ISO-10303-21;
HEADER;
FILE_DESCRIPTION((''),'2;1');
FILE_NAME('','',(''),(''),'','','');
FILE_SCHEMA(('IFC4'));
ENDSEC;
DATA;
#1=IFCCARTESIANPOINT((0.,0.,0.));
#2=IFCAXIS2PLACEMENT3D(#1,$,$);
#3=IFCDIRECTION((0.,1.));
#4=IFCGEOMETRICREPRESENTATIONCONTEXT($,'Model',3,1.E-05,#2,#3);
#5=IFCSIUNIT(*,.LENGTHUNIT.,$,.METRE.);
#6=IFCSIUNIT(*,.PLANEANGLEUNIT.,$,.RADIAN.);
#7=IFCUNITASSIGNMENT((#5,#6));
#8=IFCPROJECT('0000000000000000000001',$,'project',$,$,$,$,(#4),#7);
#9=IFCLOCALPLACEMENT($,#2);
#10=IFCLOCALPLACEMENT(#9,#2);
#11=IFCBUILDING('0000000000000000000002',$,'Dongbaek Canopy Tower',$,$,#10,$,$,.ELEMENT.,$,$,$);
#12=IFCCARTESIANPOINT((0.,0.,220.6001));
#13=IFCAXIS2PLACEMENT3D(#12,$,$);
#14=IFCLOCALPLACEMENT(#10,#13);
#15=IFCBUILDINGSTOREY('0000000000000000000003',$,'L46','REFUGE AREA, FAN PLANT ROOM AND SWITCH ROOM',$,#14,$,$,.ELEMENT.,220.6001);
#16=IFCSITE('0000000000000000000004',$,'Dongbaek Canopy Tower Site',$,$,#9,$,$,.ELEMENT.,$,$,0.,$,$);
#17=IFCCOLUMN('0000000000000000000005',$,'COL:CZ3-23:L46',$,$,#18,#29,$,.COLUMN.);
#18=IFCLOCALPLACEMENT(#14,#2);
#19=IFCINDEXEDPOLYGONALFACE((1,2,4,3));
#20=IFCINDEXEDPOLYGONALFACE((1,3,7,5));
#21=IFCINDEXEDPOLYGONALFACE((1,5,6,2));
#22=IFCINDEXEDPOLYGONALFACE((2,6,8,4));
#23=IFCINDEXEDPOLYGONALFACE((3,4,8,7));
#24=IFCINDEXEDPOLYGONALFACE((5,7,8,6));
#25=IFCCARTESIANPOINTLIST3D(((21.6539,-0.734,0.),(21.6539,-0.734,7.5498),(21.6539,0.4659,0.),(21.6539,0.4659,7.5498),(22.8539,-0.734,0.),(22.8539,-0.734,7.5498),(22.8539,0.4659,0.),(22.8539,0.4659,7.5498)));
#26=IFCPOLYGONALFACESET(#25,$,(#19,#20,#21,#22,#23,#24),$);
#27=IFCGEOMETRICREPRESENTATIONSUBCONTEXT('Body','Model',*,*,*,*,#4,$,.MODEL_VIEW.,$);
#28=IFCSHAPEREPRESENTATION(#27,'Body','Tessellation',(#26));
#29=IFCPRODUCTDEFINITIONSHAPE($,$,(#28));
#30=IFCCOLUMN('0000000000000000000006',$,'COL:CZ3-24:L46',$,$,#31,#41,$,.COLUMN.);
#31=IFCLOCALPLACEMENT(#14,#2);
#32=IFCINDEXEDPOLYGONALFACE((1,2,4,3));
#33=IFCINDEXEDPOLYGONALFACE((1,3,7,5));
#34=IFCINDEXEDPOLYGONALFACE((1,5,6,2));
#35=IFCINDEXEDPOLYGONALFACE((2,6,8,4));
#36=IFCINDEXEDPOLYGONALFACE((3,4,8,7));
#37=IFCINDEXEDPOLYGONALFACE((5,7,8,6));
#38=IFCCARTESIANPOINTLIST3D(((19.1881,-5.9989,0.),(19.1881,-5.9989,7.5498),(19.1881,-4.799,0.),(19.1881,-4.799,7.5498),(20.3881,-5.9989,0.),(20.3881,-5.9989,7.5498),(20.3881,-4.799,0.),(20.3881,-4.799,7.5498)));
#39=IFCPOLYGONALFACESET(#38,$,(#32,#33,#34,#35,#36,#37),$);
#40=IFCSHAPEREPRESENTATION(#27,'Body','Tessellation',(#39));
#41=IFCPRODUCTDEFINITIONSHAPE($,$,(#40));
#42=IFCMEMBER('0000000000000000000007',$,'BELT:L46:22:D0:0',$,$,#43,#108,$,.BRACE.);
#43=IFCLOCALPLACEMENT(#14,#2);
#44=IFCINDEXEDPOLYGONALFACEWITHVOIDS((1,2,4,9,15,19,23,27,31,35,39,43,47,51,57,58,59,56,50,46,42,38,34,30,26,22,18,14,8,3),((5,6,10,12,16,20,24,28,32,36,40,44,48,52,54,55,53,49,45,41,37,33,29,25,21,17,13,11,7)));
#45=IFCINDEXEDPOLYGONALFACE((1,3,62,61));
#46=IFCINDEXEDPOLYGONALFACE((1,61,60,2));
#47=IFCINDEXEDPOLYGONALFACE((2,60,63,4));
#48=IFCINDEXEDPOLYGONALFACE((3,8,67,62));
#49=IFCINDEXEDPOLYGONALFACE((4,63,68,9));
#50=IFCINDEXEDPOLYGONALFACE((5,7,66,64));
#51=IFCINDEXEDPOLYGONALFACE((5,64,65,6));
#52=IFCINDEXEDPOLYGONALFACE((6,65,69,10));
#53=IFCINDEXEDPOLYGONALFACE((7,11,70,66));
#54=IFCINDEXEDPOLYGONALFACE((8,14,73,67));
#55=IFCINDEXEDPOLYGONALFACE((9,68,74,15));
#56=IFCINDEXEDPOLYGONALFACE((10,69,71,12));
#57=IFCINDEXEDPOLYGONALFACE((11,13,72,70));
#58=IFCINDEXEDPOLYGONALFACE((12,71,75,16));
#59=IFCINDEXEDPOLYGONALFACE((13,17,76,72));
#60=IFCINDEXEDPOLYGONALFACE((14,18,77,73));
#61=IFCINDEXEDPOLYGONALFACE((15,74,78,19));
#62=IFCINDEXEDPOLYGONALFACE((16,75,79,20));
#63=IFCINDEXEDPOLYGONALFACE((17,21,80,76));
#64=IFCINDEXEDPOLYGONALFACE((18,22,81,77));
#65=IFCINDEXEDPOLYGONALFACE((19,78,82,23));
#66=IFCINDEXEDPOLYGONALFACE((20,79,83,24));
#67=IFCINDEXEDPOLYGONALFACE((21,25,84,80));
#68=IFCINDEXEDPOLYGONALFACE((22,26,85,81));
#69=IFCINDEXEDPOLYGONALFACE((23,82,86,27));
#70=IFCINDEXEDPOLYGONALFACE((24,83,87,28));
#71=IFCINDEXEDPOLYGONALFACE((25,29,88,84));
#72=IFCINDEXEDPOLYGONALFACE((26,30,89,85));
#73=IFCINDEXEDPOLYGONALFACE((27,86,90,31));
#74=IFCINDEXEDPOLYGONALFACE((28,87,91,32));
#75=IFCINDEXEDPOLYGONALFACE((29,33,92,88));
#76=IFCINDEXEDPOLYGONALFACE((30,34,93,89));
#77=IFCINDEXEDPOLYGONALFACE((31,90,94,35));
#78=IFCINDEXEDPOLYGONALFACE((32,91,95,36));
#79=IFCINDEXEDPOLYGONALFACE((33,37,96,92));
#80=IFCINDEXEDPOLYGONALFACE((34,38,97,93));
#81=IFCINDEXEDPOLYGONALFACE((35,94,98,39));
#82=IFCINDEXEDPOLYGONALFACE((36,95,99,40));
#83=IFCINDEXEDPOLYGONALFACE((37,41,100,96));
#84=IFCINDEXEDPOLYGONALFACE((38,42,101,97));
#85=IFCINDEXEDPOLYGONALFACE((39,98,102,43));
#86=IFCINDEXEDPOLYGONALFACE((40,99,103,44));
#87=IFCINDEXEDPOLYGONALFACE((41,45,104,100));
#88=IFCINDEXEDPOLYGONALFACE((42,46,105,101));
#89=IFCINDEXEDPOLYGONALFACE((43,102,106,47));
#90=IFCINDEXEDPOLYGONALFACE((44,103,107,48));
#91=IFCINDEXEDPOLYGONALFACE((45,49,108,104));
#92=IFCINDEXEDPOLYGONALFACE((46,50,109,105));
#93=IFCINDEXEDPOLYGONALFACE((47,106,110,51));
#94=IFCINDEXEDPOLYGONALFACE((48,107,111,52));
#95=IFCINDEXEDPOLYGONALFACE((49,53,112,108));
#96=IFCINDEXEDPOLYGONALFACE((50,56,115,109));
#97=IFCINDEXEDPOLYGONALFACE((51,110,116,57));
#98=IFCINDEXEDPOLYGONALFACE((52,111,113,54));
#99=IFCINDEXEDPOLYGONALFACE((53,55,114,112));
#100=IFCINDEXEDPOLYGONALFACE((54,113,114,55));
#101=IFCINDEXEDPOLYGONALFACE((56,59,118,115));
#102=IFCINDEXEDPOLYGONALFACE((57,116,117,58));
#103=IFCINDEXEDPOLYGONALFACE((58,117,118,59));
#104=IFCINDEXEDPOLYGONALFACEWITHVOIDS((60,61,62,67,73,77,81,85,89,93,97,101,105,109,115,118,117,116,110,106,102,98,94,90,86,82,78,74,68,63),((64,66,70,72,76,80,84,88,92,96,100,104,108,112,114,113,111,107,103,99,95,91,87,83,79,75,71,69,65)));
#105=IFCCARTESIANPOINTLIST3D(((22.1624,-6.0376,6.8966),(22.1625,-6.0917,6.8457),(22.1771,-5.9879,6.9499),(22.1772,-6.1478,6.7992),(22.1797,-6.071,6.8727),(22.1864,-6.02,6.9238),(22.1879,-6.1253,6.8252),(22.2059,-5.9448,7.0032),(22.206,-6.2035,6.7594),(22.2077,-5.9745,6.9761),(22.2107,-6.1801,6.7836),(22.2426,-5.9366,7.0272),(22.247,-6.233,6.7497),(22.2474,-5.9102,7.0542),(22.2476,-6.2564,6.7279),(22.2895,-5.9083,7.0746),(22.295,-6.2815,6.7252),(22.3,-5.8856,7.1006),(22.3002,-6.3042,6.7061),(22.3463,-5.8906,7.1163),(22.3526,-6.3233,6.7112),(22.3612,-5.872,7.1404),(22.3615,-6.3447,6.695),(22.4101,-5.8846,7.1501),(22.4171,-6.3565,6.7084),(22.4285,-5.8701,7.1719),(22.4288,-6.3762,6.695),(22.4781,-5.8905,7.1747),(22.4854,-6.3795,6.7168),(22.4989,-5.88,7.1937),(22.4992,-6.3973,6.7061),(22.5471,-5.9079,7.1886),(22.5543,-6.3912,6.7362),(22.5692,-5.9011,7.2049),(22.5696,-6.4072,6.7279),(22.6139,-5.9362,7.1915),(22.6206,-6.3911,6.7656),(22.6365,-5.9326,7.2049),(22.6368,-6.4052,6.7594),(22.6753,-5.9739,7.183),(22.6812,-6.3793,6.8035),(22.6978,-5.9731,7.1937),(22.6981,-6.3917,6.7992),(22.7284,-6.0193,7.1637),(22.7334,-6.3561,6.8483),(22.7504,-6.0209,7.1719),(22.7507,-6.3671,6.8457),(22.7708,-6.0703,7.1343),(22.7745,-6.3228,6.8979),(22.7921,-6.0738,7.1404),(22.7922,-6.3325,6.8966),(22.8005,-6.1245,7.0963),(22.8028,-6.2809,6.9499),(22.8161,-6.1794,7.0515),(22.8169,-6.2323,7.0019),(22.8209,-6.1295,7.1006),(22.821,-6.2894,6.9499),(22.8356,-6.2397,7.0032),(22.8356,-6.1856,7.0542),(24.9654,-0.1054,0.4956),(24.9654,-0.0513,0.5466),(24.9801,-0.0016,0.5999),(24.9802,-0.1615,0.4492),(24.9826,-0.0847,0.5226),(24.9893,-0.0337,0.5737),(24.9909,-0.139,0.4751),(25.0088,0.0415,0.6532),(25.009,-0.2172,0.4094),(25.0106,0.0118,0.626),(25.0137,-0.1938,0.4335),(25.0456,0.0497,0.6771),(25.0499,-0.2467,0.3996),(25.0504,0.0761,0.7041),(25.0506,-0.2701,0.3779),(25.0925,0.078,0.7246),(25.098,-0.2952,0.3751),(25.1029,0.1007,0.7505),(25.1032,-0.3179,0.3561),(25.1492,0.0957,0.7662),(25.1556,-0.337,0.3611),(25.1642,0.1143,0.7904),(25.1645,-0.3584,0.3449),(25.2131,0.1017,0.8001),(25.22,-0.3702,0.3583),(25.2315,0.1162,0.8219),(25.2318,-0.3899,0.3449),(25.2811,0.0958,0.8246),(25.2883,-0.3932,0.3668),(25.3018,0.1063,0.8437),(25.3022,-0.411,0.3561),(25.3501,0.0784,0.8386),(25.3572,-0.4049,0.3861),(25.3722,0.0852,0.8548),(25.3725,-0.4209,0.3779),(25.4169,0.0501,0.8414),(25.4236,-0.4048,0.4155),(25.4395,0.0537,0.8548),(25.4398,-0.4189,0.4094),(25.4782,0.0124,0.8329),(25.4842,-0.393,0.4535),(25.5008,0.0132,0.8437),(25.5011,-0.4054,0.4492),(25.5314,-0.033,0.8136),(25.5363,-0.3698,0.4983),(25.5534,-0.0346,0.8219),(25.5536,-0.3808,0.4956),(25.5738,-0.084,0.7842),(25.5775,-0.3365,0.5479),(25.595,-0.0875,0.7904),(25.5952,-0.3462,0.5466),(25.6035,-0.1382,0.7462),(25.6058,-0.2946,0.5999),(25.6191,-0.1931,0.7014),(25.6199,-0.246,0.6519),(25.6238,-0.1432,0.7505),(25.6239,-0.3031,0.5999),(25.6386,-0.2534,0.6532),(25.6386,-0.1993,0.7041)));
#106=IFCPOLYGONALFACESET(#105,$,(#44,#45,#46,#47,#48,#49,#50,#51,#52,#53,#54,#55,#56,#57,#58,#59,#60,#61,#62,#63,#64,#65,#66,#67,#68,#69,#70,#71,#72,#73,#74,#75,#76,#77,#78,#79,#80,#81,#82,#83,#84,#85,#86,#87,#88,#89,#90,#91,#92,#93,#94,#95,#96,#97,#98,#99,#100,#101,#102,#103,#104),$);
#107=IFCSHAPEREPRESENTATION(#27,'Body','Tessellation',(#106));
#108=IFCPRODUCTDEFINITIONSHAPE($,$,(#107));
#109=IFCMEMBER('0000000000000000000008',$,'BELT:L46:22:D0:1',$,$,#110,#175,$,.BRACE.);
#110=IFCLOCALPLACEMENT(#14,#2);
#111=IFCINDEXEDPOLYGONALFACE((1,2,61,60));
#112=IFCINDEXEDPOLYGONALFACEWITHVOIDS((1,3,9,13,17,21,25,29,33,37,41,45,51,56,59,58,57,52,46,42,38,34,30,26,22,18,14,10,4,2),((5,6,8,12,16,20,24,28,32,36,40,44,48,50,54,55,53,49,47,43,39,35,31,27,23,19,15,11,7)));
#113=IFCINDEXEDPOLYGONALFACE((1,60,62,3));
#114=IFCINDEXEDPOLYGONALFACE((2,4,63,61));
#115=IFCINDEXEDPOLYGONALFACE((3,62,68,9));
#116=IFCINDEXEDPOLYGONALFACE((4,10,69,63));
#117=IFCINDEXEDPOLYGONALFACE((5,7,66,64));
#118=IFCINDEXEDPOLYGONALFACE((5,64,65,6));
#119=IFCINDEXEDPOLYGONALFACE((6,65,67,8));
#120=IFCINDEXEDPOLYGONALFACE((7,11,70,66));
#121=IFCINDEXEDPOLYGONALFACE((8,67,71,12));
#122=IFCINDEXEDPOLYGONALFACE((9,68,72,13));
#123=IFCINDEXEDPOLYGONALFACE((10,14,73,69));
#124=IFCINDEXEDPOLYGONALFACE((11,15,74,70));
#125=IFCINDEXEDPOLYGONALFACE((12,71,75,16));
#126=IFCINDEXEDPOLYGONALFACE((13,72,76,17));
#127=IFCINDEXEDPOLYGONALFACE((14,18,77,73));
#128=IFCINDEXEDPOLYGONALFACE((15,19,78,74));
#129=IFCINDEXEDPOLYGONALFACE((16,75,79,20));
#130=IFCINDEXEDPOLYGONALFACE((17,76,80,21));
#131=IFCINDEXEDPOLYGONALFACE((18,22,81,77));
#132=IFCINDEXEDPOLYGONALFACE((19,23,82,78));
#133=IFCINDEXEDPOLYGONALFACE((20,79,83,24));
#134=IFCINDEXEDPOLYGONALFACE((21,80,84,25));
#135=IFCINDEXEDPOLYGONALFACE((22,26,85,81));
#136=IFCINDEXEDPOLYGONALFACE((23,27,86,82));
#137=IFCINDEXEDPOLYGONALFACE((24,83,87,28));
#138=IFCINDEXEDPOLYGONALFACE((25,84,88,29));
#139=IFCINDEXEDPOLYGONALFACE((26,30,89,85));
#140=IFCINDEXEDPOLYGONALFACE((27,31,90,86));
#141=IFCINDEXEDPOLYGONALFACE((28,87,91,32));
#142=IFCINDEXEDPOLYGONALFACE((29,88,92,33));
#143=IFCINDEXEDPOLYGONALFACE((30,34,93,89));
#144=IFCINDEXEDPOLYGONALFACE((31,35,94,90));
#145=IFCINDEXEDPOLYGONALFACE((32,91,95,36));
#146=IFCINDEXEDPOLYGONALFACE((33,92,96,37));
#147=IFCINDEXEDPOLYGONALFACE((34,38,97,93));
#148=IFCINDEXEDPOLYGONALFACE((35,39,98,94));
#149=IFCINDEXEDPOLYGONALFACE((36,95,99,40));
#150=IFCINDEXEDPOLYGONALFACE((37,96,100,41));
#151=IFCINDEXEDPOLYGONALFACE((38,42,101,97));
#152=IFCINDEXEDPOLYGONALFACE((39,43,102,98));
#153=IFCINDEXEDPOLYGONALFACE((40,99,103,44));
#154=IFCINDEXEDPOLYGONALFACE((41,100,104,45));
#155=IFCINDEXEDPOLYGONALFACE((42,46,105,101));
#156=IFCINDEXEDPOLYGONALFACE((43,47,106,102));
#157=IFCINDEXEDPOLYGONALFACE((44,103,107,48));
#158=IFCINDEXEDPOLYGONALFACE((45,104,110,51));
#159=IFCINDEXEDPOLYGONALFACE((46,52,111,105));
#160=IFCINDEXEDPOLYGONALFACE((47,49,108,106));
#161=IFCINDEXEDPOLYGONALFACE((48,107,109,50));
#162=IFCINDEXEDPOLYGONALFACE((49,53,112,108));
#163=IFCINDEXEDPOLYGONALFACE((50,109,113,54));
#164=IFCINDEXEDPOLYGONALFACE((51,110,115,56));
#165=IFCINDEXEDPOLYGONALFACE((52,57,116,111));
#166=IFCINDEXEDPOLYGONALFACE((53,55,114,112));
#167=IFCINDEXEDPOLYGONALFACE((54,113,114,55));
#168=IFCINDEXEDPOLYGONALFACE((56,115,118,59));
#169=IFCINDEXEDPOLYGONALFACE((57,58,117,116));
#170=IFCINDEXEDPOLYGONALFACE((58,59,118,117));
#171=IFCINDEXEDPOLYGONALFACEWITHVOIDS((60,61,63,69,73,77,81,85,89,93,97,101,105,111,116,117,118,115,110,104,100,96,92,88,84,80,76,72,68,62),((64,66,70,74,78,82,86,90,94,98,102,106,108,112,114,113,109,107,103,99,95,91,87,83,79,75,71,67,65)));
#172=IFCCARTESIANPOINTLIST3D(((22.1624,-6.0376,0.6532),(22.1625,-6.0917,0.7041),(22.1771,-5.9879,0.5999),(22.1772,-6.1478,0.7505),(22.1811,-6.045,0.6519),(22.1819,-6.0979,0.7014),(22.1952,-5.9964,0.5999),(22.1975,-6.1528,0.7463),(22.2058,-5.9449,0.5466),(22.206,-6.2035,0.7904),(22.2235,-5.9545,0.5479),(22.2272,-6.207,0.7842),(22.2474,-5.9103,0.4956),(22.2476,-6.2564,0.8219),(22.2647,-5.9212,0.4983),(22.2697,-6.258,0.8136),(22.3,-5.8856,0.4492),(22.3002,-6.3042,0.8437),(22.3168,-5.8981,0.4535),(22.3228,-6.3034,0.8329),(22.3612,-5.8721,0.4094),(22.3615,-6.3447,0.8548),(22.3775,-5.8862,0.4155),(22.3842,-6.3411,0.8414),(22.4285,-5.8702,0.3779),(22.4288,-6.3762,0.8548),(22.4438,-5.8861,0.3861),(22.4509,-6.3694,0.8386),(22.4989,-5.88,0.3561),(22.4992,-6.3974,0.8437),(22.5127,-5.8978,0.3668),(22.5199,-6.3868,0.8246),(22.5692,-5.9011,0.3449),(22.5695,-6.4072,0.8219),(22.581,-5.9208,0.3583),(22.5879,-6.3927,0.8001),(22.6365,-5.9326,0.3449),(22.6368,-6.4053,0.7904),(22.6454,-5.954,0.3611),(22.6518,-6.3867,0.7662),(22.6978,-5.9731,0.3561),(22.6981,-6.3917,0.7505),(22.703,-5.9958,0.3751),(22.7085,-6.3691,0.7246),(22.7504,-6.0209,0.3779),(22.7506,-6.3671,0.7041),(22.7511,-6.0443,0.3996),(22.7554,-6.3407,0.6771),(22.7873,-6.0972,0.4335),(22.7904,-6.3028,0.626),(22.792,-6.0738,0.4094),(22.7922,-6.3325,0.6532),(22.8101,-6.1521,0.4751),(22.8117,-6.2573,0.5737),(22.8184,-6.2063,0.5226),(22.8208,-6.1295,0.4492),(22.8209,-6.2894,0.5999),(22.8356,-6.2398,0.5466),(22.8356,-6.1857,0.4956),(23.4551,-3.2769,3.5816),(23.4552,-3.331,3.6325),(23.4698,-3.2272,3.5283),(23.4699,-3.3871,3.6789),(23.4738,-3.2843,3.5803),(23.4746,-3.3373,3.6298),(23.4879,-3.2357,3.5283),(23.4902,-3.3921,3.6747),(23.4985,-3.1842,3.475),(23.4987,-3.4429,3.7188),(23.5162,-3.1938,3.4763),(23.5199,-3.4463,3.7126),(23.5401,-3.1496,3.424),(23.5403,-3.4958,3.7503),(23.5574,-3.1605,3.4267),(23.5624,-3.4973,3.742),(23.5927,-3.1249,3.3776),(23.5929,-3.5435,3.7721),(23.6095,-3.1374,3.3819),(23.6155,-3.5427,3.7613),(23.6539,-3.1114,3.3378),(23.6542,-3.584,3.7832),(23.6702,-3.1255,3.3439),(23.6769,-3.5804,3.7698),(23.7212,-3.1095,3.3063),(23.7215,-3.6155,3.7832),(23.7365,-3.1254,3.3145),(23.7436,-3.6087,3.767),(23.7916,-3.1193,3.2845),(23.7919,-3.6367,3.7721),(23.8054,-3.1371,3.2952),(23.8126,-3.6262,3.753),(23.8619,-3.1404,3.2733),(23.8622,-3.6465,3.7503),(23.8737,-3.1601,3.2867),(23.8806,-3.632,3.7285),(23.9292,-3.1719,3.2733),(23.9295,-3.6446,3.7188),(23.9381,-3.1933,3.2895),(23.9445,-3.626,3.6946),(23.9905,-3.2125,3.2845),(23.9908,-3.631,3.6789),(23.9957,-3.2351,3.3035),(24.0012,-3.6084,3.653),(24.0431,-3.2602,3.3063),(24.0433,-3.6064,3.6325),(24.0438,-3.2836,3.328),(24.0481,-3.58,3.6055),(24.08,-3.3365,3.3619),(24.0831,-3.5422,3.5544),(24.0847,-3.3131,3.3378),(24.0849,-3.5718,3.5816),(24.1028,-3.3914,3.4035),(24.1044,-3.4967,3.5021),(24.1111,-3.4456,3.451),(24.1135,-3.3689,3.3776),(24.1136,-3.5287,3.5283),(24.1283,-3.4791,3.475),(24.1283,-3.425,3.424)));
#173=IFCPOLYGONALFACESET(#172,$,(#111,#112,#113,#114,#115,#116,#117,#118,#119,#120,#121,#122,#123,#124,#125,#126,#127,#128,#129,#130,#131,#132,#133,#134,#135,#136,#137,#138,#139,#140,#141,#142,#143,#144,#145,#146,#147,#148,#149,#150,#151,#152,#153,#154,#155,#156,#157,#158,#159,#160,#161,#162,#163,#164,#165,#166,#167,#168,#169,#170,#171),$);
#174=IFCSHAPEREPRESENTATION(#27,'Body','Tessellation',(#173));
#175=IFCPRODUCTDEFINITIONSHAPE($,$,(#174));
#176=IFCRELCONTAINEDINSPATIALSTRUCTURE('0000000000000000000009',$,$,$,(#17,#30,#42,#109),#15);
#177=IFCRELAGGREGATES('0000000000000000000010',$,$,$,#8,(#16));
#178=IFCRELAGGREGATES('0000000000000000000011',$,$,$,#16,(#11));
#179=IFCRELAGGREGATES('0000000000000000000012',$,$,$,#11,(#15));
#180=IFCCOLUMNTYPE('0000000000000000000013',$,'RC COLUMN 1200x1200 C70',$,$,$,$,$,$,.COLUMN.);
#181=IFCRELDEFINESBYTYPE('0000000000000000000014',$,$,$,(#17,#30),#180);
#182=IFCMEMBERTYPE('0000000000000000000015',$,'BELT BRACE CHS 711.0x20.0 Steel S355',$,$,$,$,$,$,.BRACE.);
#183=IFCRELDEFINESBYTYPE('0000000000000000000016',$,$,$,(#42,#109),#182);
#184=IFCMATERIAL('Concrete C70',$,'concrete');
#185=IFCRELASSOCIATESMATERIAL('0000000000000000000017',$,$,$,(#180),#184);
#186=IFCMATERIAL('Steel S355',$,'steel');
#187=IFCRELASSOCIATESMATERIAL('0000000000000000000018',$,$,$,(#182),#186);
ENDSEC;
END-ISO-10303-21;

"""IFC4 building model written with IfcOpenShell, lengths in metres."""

from ifc_helpers import new_model, si_unit, direction, frame, origin, origin_2d, place, context, subcontext, project, spatial, rectangle, hollow_circle, extrude, material, material_profile, profile_set, type_object, element, save


model = new_model("IFC4")

# Units and contexts
model_context = context("Model", 3, precision=1e-05, world=origin(), true_north=direction((0.0, 1.0)))
body_context = subcontext(model_context, "Body", "Model", "MODEL_VIEW")
ifc_project = project(units=[si_unit("LENGTHUNIT", "METRE"), si_unit("PLANEANGLEUNIT", "RADIAN")], contexts=[model_context])

# Site, building, storey
site_placement = place(None, origin())
site = spatial("IfcSite", under=ifc_project, at=site_placement, Name="Dongbaek Canopy Tower Site", CompositionType="ELEMENT", RefElevation=0.0)
building_placement = place(site_placement, origin())
building = spatial("IfcBuilding", under=site, at=building_placement, Name="Dongbaek Canopy Tower", CompositionType="ELEMENT")
storey_placement = place(building_placement, frame((0.0, 0.0, 220.6001)))
storey = spatial("IfcBuildingStorey", under=building, at=storey_placement, Name="L46", Description="REFUGE AREA, FAN PLANT ROOM AND SWITCH ROOM", CompositionType="ELEMENT", Elevation=220.6001)

# Columns
ifc_material_1 = material(Name="Concrete C70", Category="concrete")
ifc_material_profile_1 = material_profile(ifc_material_1, rectangle(XDim=1.2, YDim=1.2, at=origin_2d()), Name="RC COLUMN 1200x1200 C70")
ifc_profile_set_1 = profile_set([ifc_material_profile_1], Name="Concrete C70")
column_type = type_object("IfcColumnType", Name="RC COLUMN 1200x1200 C70", PredefinedType="COLUMN", material=ifc_profile_set_1)
for number, where, z_axis, x_axis, name in (
    (1, (22.2539, -0.134, 0.0), (0.0, 0.0, 1.0), (1.0, 0.0, 0.0), "COL:CZ3-23:L46"),
    (2, (19.7881, -5.3989, 0.0), (0.0, 0.0, 1.0), (1.0, 0.0, 0.0), "COL:CZ3-24:L46"),
):
    element("IfcColumn", number, at=place(storey_placement, frame(where, z_axis=z_axis, x_axis=x_axis)), inside=storey, type_object=column_type, Name=name, PredefinedType="COLUMN", context=body_context, shape_type="SweptSolid", body=[
        extrude(rectangle(XDim=1.2, YDim=1.2, at=origin_2d()), origin(), (0.0, 0.0, 1.0), 7.5498),
    ])

# Members
ifc_material_2 = material(Name="Steel S355", Category="steel")
ifc_material_profile_2 = material_profile(ifc_material_2, hollow_circle(Radius=0.3555, WallThickness=0.02, at=origin_2d()), Name="BELT BRACE CHS 711.0x20.0 Steel S355")
ifc_profile_set_2 = profile_set([ifc_material_profile_2], Name="Steel S355")
member_type_1 = type_object("IfcMemberType", Name="BELT BRACE CHS 711.0x20.0 Steel S355", PredefinedType="BRACE", material=ifc_profile_set_2)
member_1_placement = place(storey_placement, frame((25.302, -0.1523, 0.5999), z_axis=(-0.3058, -0.653098, 0.692784), x_axis=(0.90564, -0.424048, 0.0)))
element("IfcMember", 3, at=member_1_placement, inside=storey, type_object=member_type_1, Name="BELT:L46:22:D0:0", PredefinedType="BRACE", context=body_context, shape_type="SweptSolid", body=[
    extrude(hollow_circle(Radius=0.3555, WallThickness=0.02, at=origin_2d()), origin(), (0.0, 0.0, 1.0), 9.166),
])
for number, where, z_axis, x_axis, name in (
    (4, (22.499, -6.1387, 0.5999), (0.305815, 0.653099, 0.692777), (-0.905632, 0.424065, 0.0), "BELT:L46:22:D0:1"),
):
    element("IfcMember", number, at=place(storey_placement, frame(where, z_axis=z_axis, x_axis=x_axis)), inside=storey, type_object=member_type_1, Name=name, PredefinedType="BRACE", context=body_context, shape_type="SweptSolid", body=[
        extrude(hollow_circle(Radius=0.3555, WallThickness=0.02, at=origin_2d()), origin(), (0.0, 0.0, 1.0), 4.2271),
    ])

save(model, "model.ifc")
